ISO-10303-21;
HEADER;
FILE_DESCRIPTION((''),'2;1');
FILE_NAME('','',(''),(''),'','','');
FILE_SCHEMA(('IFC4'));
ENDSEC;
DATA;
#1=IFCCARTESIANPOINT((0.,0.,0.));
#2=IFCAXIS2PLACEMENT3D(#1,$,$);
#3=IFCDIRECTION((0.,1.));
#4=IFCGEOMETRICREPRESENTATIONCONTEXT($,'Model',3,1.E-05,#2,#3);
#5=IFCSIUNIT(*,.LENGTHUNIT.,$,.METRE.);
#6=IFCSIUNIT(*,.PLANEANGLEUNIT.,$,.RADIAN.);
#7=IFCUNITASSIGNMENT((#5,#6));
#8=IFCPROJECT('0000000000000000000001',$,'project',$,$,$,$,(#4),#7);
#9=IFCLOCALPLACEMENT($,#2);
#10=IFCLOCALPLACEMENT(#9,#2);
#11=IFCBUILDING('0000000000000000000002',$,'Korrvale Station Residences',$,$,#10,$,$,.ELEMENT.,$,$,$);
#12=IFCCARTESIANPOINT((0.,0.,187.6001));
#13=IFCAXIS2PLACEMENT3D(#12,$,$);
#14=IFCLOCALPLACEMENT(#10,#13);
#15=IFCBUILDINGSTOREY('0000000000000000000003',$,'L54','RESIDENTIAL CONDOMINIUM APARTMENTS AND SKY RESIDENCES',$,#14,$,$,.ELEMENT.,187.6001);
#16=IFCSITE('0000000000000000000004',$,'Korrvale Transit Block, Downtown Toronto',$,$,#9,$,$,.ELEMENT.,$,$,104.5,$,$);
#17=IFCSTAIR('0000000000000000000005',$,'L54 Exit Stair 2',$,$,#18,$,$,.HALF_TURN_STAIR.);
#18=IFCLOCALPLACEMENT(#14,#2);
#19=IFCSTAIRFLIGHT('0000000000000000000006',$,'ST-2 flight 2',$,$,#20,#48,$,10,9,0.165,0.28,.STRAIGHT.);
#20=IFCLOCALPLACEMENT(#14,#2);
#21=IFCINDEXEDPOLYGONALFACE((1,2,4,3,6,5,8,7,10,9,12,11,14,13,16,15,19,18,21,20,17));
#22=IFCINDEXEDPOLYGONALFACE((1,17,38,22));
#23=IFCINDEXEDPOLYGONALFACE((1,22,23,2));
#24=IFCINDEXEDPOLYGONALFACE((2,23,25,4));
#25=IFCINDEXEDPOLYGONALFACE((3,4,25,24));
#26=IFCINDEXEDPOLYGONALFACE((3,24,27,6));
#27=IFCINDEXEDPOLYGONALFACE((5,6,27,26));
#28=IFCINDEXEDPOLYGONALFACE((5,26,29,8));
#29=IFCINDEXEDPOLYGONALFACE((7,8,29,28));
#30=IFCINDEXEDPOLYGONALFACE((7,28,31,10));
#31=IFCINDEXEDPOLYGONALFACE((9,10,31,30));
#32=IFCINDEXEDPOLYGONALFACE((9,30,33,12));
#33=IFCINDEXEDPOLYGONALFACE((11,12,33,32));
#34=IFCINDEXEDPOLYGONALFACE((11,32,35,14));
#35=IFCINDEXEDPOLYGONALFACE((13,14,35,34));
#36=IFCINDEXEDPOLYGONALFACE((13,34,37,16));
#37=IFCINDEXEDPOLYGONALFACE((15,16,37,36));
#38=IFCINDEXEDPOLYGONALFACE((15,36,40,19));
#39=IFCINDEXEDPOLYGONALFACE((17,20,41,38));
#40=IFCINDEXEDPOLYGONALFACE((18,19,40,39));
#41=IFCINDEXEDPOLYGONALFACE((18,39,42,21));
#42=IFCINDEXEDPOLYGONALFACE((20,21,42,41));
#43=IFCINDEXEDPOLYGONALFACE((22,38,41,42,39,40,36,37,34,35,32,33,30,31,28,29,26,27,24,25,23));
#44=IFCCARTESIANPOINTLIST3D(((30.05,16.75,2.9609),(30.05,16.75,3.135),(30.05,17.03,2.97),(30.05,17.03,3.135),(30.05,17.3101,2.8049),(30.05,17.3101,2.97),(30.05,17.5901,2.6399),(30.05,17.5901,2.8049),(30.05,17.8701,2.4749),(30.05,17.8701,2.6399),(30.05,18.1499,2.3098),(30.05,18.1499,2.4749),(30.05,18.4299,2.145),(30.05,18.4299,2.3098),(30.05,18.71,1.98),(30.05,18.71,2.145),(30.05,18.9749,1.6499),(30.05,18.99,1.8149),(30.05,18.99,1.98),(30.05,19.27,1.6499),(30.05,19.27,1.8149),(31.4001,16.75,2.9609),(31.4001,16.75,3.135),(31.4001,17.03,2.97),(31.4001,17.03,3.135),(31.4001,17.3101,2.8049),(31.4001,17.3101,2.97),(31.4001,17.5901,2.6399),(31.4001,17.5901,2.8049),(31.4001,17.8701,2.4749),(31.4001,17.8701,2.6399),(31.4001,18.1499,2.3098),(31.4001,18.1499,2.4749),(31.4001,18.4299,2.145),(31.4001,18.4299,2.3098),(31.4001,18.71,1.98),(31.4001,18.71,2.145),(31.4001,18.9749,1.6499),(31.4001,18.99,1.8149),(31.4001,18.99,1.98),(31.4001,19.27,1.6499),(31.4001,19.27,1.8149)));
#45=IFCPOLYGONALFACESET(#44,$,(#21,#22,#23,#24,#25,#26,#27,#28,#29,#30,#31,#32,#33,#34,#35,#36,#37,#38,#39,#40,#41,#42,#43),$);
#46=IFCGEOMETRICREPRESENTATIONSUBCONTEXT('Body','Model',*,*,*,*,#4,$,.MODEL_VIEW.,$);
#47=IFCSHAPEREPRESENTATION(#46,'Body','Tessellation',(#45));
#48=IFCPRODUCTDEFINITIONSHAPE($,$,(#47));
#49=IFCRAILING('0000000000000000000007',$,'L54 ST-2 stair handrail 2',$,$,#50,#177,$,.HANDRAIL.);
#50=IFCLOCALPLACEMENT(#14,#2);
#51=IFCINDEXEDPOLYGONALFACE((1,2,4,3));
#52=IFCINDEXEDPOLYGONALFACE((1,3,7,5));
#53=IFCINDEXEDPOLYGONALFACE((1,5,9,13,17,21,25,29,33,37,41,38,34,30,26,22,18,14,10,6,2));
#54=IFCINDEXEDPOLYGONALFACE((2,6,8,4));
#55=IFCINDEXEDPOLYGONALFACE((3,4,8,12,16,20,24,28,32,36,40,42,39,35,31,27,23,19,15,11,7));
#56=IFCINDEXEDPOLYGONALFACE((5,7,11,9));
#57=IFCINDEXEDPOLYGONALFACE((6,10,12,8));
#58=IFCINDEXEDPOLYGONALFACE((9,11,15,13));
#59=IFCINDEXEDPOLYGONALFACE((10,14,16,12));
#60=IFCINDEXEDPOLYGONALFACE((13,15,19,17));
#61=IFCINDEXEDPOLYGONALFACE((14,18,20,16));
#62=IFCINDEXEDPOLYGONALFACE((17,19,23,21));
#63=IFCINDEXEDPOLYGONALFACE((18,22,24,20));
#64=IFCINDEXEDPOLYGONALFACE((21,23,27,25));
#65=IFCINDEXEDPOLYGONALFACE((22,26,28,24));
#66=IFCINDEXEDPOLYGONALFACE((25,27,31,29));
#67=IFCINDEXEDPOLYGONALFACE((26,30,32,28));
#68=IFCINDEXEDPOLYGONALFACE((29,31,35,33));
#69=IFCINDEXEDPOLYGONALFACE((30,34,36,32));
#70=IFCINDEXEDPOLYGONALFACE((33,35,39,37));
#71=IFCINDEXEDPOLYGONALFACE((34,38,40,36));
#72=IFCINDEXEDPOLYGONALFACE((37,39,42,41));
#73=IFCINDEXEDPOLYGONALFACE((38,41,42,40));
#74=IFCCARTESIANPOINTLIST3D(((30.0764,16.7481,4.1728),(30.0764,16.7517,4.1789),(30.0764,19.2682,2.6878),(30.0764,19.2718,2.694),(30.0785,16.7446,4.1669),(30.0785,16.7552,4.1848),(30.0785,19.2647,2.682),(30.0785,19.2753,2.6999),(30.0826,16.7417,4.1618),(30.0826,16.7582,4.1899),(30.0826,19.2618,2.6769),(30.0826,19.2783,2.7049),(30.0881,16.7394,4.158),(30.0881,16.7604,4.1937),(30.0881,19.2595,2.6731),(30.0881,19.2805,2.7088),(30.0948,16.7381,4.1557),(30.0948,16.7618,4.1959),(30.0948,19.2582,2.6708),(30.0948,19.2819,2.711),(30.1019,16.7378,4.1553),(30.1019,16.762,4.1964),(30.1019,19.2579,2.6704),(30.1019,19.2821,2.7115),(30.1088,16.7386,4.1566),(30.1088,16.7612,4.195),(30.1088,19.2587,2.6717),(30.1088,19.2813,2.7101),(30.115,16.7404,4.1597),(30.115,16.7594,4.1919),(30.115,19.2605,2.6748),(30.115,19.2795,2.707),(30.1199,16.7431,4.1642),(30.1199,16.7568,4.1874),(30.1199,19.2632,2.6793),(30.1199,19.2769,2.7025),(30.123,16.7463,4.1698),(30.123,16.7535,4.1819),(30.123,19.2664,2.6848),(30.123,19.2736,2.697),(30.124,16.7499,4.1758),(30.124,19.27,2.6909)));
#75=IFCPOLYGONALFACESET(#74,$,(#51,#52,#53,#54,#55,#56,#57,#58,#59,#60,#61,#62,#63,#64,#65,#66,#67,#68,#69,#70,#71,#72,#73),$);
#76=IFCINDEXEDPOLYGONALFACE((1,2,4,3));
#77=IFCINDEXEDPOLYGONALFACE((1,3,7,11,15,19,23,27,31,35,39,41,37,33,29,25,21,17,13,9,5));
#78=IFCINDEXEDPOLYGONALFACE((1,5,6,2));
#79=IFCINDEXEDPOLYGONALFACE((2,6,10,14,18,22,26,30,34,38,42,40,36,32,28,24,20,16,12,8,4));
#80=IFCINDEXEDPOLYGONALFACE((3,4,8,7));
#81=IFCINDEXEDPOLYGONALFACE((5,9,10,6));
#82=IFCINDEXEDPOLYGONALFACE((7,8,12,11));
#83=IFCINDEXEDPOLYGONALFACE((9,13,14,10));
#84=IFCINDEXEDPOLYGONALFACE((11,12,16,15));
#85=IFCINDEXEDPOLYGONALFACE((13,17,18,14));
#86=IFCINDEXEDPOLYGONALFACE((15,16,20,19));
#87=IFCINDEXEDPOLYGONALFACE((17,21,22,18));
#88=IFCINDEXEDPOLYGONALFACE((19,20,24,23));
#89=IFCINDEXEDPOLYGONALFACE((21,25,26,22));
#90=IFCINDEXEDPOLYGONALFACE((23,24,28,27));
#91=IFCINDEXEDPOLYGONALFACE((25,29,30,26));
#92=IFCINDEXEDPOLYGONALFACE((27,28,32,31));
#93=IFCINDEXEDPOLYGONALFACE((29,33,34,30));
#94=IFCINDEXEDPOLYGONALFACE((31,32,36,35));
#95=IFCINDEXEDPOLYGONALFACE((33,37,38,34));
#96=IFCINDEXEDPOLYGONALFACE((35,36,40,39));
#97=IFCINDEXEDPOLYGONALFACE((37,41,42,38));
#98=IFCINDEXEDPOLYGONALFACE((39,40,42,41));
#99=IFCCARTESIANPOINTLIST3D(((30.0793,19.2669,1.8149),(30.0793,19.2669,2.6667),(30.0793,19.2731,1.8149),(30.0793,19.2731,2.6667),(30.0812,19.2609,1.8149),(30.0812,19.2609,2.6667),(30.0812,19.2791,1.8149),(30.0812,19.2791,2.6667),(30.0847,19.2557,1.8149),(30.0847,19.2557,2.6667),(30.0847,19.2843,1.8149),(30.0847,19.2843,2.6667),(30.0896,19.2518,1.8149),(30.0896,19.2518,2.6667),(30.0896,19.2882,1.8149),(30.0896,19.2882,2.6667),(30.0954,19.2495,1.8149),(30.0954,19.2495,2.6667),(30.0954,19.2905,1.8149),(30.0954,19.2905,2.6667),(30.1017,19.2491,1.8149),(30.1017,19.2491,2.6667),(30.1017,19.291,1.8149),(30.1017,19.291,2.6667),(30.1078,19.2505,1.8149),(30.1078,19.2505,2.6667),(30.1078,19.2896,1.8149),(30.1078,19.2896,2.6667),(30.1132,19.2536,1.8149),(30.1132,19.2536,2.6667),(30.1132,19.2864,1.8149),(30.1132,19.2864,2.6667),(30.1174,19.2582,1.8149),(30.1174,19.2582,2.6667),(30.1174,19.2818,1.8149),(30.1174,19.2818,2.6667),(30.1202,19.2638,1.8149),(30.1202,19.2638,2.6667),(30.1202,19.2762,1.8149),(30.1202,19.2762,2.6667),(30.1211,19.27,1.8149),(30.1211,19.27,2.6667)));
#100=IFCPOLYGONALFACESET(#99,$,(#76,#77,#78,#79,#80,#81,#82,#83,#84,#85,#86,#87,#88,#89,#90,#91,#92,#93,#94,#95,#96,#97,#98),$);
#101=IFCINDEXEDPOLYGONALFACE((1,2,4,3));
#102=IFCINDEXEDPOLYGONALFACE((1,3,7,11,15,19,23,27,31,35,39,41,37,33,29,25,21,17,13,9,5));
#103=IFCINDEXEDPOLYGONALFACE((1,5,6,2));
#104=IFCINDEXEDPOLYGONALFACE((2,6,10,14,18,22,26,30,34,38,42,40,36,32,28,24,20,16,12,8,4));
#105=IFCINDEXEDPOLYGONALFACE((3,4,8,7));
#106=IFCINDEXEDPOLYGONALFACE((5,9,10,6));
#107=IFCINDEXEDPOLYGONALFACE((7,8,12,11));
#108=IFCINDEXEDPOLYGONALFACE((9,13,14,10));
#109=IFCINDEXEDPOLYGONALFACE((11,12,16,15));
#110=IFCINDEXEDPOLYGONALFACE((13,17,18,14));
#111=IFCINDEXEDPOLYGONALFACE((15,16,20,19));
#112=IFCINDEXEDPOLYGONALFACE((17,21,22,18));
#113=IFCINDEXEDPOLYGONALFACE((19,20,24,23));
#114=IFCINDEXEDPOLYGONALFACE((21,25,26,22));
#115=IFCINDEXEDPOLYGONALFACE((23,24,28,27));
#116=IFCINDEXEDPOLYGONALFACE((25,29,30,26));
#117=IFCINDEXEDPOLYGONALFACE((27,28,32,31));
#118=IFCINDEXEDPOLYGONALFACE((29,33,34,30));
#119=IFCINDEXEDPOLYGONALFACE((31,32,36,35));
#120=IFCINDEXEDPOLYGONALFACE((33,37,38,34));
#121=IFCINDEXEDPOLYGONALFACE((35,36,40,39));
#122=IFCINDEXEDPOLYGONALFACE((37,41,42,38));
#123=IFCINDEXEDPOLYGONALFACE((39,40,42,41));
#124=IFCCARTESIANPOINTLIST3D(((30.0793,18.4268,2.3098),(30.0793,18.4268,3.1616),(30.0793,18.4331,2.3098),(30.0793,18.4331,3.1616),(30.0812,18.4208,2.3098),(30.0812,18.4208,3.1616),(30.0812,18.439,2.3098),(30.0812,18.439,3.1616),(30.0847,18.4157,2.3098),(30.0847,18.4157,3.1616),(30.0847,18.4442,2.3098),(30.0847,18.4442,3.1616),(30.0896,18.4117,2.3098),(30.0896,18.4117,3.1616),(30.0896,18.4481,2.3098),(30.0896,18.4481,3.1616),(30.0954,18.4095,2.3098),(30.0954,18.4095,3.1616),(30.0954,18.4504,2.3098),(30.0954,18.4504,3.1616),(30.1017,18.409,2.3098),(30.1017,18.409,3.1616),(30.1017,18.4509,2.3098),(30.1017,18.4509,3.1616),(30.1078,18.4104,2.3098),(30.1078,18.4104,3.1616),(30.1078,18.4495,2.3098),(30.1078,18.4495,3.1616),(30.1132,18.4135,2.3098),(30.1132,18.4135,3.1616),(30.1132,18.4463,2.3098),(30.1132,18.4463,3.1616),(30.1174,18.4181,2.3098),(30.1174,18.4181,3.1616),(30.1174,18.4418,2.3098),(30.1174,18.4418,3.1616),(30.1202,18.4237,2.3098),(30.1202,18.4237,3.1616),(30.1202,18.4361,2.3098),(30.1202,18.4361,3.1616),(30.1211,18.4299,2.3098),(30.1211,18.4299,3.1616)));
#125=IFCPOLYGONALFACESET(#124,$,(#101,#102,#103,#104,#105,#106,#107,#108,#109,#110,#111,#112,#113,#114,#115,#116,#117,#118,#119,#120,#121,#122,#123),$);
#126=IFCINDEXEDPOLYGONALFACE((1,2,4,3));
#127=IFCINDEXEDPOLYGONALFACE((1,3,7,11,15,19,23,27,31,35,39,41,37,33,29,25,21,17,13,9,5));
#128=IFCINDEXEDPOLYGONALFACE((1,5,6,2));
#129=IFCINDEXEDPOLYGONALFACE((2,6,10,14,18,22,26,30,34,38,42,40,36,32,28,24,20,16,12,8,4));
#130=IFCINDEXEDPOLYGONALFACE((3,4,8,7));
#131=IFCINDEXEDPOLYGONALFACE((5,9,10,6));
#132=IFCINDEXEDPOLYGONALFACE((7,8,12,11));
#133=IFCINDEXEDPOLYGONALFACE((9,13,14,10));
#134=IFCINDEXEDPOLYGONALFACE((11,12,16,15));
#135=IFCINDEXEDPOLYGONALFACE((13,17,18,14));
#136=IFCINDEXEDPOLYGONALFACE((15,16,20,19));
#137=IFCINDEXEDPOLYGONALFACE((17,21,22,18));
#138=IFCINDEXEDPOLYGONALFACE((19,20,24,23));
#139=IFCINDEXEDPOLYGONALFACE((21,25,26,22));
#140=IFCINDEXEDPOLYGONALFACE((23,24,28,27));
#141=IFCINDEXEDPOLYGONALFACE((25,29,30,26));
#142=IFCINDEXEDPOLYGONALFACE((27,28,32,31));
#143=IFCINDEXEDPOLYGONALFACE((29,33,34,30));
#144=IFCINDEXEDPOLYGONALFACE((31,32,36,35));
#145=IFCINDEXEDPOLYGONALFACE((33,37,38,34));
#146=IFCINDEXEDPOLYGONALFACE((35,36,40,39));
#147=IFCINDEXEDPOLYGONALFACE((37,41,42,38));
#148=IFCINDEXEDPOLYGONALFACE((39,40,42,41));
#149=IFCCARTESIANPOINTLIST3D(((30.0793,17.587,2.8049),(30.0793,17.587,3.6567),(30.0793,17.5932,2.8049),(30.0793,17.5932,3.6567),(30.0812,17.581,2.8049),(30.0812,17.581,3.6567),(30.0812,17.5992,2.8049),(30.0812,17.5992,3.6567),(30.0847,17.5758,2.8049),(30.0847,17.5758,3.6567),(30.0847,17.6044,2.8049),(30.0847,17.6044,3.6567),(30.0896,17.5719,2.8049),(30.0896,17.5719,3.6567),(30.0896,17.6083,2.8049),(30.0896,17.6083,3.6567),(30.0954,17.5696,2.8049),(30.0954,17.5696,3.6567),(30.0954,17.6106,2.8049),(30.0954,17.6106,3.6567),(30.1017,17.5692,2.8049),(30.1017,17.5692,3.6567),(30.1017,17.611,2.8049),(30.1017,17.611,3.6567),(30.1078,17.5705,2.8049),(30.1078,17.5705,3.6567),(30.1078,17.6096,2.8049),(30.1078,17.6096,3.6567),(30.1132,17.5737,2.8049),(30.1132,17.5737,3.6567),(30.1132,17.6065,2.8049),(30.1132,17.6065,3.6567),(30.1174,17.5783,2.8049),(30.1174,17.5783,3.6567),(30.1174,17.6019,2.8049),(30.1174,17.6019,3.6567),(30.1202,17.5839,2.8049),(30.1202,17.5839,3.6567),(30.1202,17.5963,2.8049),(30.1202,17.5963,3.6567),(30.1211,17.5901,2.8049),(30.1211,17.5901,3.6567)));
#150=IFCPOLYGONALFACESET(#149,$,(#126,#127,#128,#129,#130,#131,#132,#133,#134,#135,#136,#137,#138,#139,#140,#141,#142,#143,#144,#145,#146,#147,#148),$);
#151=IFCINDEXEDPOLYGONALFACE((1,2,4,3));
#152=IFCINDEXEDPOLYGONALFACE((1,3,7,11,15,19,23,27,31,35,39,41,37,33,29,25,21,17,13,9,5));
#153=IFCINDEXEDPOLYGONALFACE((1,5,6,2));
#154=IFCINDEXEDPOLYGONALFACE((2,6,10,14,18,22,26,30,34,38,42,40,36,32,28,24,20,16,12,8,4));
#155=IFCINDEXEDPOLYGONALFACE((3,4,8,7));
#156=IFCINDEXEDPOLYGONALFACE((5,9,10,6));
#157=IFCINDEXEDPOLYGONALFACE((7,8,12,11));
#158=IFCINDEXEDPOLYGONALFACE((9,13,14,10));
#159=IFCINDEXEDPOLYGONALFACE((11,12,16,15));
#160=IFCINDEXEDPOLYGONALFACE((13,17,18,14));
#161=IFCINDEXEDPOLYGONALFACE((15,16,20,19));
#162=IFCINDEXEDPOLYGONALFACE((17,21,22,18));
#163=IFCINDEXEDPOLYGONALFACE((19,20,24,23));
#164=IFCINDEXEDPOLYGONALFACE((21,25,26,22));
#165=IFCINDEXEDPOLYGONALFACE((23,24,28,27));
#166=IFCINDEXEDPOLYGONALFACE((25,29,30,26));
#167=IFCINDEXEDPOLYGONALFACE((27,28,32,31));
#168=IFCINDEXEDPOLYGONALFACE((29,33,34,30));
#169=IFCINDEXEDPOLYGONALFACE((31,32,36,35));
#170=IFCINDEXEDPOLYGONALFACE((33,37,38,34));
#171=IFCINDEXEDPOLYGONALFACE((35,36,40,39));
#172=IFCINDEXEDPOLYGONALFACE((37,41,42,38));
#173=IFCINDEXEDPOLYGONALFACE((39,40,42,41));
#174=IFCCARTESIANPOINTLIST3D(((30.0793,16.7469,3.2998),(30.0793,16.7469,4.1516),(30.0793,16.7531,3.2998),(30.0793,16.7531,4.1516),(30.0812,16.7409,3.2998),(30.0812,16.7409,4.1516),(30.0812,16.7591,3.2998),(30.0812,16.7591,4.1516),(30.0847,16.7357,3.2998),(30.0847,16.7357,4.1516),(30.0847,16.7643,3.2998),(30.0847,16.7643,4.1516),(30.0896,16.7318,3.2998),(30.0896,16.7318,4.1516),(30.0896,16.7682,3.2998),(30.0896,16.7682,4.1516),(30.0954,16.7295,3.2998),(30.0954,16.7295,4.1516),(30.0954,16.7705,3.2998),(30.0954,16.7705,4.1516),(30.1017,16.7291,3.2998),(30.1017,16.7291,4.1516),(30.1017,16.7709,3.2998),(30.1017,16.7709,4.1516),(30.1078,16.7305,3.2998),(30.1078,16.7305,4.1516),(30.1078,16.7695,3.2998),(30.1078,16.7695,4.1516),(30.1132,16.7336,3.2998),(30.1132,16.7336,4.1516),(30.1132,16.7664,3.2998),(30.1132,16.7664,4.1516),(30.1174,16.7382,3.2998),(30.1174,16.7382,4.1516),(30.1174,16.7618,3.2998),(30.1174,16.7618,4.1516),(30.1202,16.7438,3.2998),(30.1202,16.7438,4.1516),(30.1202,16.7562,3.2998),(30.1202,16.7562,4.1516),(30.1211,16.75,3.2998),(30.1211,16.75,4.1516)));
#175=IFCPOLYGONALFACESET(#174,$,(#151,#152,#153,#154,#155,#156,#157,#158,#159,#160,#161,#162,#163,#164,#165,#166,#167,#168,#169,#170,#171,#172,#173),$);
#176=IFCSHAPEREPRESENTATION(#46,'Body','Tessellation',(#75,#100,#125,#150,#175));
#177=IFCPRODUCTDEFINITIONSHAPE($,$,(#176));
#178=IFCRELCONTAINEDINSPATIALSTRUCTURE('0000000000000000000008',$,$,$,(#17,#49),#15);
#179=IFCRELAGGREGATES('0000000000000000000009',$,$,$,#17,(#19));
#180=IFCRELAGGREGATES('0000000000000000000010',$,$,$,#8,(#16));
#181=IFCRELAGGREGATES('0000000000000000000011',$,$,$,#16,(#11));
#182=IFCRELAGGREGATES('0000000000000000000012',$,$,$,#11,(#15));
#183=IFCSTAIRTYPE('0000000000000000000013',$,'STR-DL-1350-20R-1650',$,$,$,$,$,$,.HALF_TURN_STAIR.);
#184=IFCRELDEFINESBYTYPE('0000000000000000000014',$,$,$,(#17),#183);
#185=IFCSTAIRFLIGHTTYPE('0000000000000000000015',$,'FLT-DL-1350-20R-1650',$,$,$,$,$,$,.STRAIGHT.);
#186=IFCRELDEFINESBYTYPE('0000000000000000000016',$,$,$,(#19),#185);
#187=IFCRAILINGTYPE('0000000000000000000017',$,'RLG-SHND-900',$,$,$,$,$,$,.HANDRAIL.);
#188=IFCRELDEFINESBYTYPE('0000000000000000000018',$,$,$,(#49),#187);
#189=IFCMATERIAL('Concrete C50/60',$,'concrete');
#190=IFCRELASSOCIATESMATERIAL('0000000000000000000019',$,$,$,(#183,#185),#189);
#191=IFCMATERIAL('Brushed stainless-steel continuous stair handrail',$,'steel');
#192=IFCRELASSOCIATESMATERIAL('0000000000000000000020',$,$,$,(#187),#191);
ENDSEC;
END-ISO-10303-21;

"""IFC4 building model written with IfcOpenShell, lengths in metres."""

from ifc_helpers import new_model, si_unit, direction, frame, origin, origin_2d, place, context, subcontext, project, spatial, polyline, circle, outline, extrude, material, type_object, element, aggregate, save


model = new_model("IFC4")

# Units and contexts
model_context = context("Model", 3, precision=1e-05, world=origin(), true_north=direction((0.0, 1.0)))
body_context = subcontext(model_context, "Body", "Model", "MODEL_VIEW")
ifc_project = project(units=[si_unit("LENGTHUNIT", "METRE"), si_unit("PLANEANGLEUNIT", "RADIAN")], contexts=[model_context])

# Site, building, storey
site_placement = place(None, origin())
site = spatial("IfcSite", under=ifc_project, at=site_placement, Name="Korrvale Transit Block, Downtown Toronto", CompositionType="ELEMENT", RefElevation=104.5)
building_placement = place(site_placement, origin())
building = spatial("IfcBuilding", under=site, at=building_placement, Name="Korrvale Station Residences", CompositionType="ELEMENT")
storey_placement = place(building_placement, frame((0.0, 0.0, 187.6001)))
storey = spatial("IfcBuildingStorey", under=building, at=storey_placement, Name="L54", Description="RESIDENTIAL CONDOMINIUM APARTMENTS AND SKY RESIDENCES", CompositionType="ELEMENT", Elevation=187.6001)

# Shared definitions
ifc_material_1 = material(Name="Concrete C50/60", Category="concrete")

# Stair, stair flight
stair_type = type_object("IfcStairType", Name="STR-DL-1350-20R-1650", PredefinedType="HALF_TURN_STAIR", material=ifc_material_1)
stair_placement = place(storey_placement, origin())
stair = element("IfcStair", 1, at=stair_placement, inside=storey, type_object=stair_type, Name="L54 Exit Stair 2", PredefinedType="HALF_TURN_STAIR")
stair_flight_type = type_object("IfcStairFlightType", Name="FLT-DL-1350-20R-1650", PredefinedType="STRAIGHT", material=ifc_material_1)
stair_flight_1_placement = place(storey_placement, frame((30.7251, 19.27, 1.6499), z_axis=(0.0, 0.0, 1.0), x_axis=(0.0, -1.0, 0.0)))
stair_flight_1 = element("IfcStairFlight", 2, at=stair_flight_1_placement, type_object=stair_flight_type, Name="ST-2 flight 2", NumberOfRisers=10, NumberOfTreads=9, PredefinedType="STRAIGHT", RiserHeight=0.165, TreadLength=0.28, context=body_context, shape_type="SweptSolid", body=[
    extrude(outline(polyline([(0.0, 0.0), (0.0, 0.165), (0.28, 0.165), (0.28, 0.3301), (0.5601, 0.3301), (0.5601, 0.4951), (0.8401, 0.4951), (0.8401, 0.6599), (1.1201, 0.6599), (1.1201, 0.825), (1.3999, 0.825), (1.3999, 0.99), (1.6799, 0.99), (1.6799, 1.155), (1.96, 1.155), (1.96, 1.3201), (2.24, 1.3201), (2.24, 1.4851), (2.52, 1.4851), (2.52, 1.6499), (2.52, 1.311), (0.2952, 0.0), (0.0, 0.0)])), frame((0.0, 0.675, 0.0), z_axis=(0.0, -1.0, 0.0), x_axis=(1.0, 0.0, 0.0)), (0.0, 0.0, 1.0), 1.3501),
])
aggregate(stair, [stair_flight_1])

# Railing
ifc_material_2 = material(Name="Brushed stainless-steel continuous stair handrail", Category="steel")
railing_type_1 = type_object("IfcRailingType", Name="RLG-SHND-900", PredefinedType="HANDRAIL", material=ifc_material_2)
railing_1_placement = place(storey_placement, frame((30.1001, 19.27, 1.8149)))
element("IfcRailing", 3, at=railing_1_placement, inside=storey, type_object=railing_type_1, Name="L54 ST-2 stair handrail 2", PredefinedType="HANDRAIL", context=body_context, shape_type="SweptSolid", body=[
    extrude(circle(Radius=0.0239, at=origin_2d()), frame((0.0, 0.0, 0.876), z_axis=(0.0, -0.861561, 0.507655), x_axis=(1.0, 0.0, 0.0)), (0.0, 0.0, 1.0), 2.925),
    extrude(circle(Radius=0.021, at=origin_2d()), origin(), (0.0, 0.0, 1.0), 0.8518),
    extrude(circle(Radius=0.021, at=origin_2d()), frame((0.0, -0.8401, 0.4949)), (0.0, 0.0, 1.0), 0.8518),
    extrude(circle(Radius=0.021, at=origin_2d()), frame((0.0, -1.6799, 0.99)), (0.0, 0.0, 1.0), 0.8518),
    extrude(circle(Radius=0.021, at=origin_2d()), frame((0.0, -2.52, 1.4849)), (0.0, 0.0, 1.0), 0.8518),
])

save(model, "model.ifc")
